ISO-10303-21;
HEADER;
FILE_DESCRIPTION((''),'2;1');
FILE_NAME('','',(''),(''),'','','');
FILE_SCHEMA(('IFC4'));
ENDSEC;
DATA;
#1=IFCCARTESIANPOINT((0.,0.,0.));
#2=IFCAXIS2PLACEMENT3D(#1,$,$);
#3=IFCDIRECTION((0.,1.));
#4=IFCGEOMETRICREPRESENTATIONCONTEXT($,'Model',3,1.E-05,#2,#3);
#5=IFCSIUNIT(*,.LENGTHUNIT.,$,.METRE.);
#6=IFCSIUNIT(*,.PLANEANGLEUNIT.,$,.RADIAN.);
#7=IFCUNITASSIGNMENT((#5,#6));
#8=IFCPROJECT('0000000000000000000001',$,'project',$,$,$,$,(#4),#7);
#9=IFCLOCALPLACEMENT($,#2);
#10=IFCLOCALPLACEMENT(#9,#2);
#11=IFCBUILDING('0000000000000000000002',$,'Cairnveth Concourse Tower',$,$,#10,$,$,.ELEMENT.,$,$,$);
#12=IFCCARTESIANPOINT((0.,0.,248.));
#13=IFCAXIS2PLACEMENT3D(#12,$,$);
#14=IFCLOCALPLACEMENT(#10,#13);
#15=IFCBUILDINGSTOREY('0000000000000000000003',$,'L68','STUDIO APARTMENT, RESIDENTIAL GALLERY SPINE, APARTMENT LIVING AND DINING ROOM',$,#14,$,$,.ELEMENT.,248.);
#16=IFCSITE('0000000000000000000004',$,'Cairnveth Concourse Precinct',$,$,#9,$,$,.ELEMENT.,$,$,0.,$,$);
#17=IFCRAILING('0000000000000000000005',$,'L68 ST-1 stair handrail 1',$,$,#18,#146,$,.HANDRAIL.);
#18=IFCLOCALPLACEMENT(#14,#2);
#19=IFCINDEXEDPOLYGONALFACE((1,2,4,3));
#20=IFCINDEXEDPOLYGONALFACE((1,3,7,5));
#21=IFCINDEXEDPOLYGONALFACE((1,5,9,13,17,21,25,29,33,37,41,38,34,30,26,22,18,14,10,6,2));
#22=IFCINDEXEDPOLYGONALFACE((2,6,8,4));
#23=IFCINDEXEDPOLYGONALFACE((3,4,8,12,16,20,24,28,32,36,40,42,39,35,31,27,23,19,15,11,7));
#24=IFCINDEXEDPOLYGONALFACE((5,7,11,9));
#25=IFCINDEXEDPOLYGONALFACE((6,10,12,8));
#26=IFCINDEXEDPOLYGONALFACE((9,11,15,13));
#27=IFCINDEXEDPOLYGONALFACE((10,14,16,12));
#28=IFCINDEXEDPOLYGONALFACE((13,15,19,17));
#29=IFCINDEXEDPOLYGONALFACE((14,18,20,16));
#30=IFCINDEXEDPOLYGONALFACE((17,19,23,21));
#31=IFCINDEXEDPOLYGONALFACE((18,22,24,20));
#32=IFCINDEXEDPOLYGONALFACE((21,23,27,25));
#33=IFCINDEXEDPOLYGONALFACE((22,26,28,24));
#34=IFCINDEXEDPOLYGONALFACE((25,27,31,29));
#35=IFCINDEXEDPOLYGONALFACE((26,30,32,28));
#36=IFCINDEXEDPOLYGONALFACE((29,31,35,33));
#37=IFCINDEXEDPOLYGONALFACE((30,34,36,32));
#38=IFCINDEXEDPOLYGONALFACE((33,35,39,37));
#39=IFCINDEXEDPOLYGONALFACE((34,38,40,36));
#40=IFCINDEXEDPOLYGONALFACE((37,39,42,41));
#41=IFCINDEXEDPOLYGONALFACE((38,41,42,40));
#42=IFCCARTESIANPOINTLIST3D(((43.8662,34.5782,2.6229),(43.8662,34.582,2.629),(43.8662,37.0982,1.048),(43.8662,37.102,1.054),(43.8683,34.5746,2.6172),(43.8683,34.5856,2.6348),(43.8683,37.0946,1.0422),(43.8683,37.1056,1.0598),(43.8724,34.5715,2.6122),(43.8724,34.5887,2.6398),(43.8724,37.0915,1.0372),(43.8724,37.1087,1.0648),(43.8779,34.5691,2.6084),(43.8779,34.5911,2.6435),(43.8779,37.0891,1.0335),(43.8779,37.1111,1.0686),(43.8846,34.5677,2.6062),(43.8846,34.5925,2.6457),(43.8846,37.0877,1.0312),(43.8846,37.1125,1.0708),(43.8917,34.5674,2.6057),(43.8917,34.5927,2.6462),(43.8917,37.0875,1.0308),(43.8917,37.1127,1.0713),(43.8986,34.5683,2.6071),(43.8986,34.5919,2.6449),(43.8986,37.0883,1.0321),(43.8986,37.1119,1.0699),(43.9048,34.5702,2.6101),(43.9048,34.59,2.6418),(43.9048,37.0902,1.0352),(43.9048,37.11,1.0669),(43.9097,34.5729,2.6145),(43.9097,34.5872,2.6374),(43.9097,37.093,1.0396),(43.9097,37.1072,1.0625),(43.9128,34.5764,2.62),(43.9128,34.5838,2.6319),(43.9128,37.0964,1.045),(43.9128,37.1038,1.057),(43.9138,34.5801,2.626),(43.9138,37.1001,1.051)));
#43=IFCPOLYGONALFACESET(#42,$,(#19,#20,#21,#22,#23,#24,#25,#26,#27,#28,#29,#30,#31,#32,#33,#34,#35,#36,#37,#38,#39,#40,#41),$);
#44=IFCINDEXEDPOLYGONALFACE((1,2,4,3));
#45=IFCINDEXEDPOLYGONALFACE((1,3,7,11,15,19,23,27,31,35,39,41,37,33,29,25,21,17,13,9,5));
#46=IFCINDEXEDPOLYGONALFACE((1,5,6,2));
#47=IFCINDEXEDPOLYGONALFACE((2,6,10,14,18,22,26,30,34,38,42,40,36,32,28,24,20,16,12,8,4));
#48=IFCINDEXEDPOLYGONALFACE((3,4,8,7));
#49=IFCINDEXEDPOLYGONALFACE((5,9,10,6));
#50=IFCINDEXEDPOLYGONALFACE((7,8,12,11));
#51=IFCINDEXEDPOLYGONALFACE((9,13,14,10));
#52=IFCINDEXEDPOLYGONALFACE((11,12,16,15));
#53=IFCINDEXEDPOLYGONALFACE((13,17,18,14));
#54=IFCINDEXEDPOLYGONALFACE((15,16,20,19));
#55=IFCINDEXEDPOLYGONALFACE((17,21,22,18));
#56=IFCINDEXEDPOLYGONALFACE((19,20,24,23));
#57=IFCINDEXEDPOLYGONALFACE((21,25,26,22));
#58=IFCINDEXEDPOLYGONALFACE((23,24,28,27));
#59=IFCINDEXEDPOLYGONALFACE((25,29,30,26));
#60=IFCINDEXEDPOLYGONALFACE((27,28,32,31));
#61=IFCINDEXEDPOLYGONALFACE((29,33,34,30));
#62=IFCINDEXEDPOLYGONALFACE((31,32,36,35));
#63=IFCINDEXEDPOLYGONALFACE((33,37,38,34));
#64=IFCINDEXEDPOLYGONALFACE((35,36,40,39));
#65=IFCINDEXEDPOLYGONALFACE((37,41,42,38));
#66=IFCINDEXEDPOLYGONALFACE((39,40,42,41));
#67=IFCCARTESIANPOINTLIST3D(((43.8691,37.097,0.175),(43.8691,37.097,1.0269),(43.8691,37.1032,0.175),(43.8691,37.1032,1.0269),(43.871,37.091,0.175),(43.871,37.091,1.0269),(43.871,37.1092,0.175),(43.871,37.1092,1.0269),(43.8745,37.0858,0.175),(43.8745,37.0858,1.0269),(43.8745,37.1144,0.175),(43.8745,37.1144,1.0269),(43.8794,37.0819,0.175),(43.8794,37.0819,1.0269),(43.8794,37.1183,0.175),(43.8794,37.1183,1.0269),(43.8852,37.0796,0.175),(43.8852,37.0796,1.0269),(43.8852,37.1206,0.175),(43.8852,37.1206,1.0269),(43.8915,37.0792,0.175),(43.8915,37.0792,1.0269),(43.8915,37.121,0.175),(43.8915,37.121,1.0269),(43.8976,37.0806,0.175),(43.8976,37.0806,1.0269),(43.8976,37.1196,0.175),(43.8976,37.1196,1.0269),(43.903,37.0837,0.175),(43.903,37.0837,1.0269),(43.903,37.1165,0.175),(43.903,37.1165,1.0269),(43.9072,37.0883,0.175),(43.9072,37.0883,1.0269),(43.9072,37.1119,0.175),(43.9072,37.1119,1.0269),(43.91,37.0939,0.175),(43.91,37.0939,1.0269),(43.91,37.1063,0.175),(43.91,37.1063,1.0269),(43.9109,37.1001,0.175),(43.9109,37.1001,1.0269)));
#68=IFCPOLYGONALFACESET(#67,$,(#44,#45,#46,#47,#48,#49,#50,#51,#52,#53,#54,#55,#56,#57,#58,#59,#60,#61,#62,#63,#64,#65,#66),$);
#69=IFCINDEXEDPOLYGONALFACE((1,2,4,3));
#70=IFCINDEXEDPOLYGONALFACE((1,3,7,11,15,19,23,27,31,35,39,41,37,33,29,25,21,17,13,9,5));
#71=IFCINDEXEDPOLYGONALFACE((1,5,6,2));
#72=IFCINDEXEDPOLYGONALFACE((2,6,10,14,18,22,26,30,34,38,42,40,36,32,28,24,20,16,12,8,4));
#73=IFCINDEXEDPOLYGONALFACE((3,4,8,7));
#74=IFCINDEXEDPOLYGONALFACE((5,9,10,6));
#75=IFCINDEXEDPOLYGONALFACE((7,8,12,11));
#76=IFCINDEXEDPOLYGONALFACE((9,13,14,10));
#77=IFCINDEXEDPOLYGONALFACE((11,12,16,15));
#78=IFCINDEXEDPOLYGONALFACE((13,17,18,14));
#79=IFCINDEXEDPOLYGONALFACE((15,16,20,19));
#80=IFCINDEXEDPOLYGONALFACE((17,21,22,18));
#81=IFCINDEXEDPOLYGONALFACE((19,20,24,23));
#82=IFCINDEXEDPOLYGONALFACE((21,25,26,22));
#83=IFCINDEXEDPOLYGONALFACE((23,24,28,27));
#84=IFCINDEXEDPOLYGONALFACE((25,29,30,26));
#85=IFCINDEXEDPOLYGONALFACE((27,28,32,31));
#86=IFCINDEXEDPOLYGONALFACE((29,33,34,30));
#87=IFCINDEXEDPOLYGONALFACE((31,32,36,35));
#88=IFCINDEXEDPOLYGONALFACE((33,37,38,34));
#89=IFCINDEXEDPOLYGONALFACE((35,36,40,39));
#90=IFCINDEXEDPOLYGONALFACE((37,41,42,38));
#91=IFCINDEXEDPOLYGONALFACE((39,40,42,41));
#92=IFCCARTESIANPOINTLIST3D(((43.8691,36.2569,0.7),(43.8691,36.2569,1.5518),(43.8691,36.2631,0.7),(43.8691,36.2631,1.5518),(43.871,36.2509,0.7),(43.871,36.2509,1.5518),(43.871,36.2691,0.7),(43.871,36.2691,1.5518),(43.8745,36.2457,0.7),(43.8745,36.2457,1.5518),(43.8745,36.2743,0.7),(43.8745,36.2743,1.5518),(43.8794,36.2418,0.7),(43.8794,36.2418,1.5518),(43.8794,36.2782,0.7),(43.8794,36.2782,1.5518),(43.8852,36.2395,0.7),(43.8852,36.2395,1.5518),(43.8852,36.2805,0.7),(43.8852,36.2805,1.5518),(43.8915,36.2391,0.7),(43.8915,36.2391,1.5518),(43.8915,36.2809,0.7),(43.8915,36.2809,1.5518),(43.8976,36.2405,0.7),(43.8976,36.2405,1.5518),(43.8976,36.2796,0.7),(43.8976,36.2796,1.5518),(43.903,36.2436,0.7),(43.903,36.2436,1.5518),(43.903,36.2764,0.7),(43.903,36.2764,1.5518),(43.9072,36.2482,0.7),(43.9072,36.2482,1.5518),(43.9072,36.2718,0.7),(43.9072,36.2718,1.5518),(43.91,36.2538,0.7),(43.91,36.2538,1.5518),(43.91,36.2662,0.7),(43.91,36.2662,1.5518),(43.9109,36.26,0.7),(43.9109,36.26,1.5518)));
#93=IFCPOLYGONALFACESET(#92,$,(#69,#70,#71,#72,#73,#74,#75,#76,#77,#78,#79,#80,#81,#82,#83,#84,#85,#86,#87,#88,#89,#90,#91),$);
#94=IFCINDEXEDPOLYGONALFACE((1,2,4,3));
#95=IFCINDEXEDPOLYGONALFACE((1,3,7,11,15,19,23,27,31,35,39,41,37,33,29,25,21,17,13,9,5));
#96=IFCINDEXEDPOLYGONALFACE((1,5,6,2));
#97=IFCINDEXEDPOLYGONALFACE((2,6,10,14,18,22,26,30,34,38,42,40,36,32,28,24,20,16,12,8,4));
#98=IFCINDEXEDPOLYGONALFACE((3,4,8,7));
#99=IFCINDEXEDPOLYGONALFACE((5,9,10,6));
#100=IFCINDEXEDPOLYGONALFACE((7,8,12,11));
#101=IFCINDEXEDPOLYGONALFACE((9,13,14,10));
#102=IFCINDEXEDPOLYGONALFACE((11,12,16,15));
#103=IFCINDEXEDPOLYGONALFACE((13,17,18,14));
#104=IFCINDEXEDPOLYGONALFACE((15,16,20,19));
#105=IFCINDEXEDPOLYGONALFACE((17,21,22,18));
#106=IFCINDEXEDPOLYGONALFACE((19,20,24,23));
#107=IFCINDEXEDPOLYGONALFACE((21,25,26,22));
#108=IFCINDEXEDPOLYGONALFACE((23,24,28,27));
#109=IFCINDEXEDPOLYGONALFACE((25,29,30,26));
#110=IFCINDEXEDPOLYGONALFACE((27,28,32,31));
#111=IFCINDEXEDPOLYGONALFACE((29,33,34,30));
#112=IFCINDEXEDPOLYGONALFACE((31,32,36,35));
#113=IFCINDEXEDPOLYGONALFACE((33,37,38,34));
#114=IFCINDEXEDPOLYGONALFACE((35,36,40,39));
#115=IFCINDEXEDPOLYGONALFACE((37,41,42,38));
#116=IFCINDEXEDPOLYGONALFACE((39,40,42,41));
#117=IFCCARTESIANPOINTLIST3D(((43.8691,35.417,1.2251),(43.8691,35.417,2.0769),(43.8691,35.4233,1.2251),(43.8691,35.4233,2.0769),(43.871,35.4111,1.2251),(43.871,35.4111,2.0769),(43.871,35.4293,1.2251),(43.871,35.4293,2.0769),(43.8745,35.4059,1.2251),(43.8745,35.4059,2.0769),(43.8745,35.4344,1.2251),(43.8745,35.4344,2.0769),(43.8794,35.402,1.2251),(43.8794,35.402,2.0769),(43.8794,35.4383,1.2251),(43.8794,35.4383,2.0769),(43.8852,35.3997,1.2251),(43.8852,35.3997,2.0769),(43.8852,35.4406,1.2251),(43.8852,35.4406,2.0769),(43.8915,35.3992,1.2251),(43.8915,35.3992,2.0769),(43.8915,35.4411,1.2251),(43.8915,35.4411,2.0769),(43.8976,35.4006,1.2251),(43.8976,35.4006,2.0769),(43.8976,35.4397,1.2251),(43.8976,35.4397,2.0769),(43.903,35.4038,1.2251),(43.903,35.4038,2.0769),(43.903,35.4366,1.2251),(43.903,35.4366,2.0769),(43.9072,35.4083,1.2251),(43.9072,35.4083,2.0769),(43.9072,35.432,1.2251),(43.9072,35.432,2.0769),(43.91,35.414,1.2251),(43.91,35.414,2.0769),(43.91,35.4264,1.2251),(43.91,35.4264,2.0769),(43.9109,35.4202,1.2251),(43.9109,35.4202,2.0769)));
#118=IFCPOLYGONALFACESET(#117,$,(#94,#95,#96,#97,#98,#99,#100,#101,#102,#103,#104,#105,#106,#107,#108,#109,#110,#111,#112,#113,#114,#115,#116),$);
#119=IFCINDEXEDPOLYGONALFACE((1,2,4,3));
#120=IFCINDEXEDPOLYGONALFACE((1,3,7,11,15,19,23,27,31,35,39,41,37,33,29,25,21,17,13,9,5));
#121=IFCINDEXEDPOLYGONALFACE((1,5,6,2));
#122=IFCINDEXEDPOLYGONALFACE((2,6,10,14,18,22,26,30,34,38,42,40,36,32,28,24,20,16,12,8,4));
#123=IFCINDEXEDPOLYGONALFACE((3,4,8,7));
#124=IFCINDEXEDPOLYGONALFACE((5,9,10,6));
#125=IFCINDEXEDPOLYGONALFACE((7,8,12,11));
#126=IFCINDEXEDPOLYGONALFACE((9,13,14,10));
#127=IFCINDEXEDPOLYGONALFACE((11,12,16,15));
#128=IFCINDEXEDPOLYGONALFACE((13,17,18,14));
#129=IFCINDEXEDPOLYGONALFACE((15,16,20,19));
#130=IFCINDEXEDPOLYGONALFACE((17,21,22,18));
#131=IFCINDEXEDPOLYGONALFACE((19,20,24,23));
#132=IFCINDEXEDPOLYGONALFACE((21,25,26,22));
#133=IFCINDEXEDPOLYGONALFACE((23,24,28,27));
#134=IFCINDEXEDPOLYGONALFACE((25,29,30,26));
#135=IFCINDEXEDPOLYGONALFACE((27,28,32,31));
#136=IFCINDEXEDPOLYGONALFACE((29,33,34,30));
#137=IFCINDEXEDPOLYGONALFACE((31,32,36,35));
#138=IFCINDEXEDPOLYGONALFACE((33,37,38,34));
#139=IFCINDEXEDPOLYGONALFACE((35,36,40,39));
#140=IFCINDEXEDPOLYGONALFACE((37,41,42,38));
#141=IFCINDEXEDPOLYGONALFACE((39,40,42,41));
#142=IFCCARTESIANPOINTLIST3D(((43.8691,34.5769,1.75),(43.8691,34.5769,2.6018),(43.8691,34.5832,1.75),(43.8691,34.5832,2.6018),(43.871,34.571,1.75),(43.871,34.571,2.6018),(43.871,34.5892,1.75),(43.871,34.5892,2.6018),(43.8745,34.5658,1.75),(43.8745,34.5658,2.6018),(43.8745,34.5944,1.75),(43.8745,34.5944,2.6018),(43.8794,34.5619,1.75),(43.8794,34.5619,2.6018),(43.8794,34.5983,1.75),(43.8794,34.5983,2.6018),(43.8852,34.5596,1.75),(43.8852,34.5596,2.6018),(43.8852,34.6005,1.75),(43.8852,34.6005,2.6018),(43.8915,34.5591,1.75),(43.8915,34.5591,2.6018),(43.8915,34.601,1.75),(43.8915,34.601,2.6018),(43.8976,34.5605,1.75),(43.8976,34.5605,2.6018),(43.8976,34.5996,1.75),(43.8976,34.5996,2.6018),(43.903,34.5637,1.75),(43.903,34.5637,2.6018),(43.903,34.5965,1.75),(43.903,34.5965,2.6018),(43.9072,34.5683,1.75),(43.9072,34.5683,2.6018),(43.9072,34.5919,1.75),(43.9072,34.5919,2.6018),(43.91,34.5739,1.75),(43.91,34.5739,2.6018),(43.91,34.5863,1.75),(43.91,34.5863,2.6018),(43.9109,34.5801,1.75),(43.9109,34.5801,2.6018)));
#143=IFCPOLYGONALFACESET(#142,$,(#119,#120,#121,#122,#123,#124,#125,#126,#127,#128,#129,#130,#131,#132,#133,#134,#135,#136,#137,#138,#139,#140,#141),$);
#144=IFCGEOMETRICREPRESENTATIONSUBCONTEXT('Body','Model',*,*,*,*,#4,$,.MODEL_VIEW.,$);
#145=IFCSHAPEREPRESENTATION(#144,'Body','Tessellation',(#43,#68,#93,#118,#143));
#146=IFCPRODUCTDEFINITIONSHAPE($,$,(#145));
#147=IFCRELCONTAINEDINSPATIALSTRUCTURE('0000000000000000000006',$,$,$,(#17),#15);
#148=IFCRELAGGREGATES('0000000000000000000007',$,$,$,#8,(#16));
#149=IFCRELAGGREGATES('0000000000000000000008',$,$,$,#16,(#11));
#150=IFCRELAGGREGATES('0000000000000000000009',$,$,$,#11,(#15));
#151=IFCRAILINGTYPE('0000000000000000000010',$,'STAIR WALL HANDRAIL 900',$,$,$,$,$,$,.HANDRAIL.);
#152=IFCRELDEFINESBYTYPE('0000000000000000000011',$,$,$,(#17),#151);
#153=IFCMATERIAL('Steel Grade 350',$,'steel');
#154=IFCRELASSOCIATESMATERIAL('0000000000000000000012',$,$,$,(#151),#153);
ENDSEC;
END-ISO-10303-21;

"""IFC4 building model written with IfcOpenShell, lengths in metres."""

from ifc_helpers import new_model, si_unit, direction, frame, origin, origin_2d, place, context, subcontext, project, spatial, circle, extrude, material, type_object, element, save


model = new_model("IFC4")

# Units and contexts
model_context = context("Model", 3, precision=1e-05, world=origin(), true_north=direction((0.0, 1.0)))
body_context = subcontext(model_context, "Body", "Model", "MODEL_VIEW")
ifc_project = project(units=[si_unit("LENGTHUNIT", "METRE"), si_unit("PLANEANGLEUNIT", "RADIAN")], contexts=[model_context])

# Site, building, storey
site_placement = place(None, origin())
site = spatial("IfcSite", under=ifc_project, at=site_placement, Name="Cairnveth Concourse Precinct", CompositionType="ELEMENT", RefElevation=0.0)
building_placement = place(site_placement, origin())
building = spatial("IfcBuilding", under=site, at=building_placement, Name="Cairnveth Concourse Tower", CompositionType="ELEMENT")
storey_placement = place(building_placement, frame((0.0, 0.0, 248.0)))
storey = spatial("IfcBuildingStorey", under=building, at=storey_placement, Name="L68", Description="STUDIO APARTMENT, RESIDENTIAL GALLERY SPINE, APARTMENT LIVING AND DINING ROOM", CompositionType="ELEMENT", Elevation=248.0)

# Shared definitions
ifc_material_1 = material(Name="Steel Grade 350", Category="steel")

# Railing
railing_type_1 = type_object("IfcRailingType", Name="STAIR WALL HANDRAIL 900", PredefinedType="HANDRAIL", material=ifc_material_1)
railing_1_placement = place(storey_placement, frame((43.8899, 37.1001, 0.175)))
element("IfcRailing", 1, at=railing_1_placement, inside=storey, type_object=railing_type_1, Name="L68 ST-1 stair handrail 1", PredefinedType="HANDRAIL", context=body_context, shape_type="SweptSolid", body=[
    extrude(circle(Radius=0.0239, at=origin_2d()), frame((0.0, 0.0, 0.876), z_axis=(0.0, -0.848008, 0.529984), x_axis=(1.0, 0.0, 0.0)), (0.0, 0.0, 1.0), 2.9717),
    extrude(circle(Radius=0.021, at=origin_2d()), origin(), (0.0, 0.0, 1.0), 0.8518),
    extrude(circle(Radius=0.021, at=origin_2d()), frame((0.0, -0.8401, 0.5249)), (0.0, 0.0, 1.0), 0.8518),
    extrude(circle(Radius=0.021, at=origin_2d()), frame((0.0, -1.6799, 1.05)), (0.0, 0.0, 1.0), 0.8518),
    extrude(circle(Radius=0.021, at=origin_2d()), frame((0.0, -2.52, 1.575)), (0.0, 0.0, 1.0), 0.8518),
])

save(model, "model.ifc")
